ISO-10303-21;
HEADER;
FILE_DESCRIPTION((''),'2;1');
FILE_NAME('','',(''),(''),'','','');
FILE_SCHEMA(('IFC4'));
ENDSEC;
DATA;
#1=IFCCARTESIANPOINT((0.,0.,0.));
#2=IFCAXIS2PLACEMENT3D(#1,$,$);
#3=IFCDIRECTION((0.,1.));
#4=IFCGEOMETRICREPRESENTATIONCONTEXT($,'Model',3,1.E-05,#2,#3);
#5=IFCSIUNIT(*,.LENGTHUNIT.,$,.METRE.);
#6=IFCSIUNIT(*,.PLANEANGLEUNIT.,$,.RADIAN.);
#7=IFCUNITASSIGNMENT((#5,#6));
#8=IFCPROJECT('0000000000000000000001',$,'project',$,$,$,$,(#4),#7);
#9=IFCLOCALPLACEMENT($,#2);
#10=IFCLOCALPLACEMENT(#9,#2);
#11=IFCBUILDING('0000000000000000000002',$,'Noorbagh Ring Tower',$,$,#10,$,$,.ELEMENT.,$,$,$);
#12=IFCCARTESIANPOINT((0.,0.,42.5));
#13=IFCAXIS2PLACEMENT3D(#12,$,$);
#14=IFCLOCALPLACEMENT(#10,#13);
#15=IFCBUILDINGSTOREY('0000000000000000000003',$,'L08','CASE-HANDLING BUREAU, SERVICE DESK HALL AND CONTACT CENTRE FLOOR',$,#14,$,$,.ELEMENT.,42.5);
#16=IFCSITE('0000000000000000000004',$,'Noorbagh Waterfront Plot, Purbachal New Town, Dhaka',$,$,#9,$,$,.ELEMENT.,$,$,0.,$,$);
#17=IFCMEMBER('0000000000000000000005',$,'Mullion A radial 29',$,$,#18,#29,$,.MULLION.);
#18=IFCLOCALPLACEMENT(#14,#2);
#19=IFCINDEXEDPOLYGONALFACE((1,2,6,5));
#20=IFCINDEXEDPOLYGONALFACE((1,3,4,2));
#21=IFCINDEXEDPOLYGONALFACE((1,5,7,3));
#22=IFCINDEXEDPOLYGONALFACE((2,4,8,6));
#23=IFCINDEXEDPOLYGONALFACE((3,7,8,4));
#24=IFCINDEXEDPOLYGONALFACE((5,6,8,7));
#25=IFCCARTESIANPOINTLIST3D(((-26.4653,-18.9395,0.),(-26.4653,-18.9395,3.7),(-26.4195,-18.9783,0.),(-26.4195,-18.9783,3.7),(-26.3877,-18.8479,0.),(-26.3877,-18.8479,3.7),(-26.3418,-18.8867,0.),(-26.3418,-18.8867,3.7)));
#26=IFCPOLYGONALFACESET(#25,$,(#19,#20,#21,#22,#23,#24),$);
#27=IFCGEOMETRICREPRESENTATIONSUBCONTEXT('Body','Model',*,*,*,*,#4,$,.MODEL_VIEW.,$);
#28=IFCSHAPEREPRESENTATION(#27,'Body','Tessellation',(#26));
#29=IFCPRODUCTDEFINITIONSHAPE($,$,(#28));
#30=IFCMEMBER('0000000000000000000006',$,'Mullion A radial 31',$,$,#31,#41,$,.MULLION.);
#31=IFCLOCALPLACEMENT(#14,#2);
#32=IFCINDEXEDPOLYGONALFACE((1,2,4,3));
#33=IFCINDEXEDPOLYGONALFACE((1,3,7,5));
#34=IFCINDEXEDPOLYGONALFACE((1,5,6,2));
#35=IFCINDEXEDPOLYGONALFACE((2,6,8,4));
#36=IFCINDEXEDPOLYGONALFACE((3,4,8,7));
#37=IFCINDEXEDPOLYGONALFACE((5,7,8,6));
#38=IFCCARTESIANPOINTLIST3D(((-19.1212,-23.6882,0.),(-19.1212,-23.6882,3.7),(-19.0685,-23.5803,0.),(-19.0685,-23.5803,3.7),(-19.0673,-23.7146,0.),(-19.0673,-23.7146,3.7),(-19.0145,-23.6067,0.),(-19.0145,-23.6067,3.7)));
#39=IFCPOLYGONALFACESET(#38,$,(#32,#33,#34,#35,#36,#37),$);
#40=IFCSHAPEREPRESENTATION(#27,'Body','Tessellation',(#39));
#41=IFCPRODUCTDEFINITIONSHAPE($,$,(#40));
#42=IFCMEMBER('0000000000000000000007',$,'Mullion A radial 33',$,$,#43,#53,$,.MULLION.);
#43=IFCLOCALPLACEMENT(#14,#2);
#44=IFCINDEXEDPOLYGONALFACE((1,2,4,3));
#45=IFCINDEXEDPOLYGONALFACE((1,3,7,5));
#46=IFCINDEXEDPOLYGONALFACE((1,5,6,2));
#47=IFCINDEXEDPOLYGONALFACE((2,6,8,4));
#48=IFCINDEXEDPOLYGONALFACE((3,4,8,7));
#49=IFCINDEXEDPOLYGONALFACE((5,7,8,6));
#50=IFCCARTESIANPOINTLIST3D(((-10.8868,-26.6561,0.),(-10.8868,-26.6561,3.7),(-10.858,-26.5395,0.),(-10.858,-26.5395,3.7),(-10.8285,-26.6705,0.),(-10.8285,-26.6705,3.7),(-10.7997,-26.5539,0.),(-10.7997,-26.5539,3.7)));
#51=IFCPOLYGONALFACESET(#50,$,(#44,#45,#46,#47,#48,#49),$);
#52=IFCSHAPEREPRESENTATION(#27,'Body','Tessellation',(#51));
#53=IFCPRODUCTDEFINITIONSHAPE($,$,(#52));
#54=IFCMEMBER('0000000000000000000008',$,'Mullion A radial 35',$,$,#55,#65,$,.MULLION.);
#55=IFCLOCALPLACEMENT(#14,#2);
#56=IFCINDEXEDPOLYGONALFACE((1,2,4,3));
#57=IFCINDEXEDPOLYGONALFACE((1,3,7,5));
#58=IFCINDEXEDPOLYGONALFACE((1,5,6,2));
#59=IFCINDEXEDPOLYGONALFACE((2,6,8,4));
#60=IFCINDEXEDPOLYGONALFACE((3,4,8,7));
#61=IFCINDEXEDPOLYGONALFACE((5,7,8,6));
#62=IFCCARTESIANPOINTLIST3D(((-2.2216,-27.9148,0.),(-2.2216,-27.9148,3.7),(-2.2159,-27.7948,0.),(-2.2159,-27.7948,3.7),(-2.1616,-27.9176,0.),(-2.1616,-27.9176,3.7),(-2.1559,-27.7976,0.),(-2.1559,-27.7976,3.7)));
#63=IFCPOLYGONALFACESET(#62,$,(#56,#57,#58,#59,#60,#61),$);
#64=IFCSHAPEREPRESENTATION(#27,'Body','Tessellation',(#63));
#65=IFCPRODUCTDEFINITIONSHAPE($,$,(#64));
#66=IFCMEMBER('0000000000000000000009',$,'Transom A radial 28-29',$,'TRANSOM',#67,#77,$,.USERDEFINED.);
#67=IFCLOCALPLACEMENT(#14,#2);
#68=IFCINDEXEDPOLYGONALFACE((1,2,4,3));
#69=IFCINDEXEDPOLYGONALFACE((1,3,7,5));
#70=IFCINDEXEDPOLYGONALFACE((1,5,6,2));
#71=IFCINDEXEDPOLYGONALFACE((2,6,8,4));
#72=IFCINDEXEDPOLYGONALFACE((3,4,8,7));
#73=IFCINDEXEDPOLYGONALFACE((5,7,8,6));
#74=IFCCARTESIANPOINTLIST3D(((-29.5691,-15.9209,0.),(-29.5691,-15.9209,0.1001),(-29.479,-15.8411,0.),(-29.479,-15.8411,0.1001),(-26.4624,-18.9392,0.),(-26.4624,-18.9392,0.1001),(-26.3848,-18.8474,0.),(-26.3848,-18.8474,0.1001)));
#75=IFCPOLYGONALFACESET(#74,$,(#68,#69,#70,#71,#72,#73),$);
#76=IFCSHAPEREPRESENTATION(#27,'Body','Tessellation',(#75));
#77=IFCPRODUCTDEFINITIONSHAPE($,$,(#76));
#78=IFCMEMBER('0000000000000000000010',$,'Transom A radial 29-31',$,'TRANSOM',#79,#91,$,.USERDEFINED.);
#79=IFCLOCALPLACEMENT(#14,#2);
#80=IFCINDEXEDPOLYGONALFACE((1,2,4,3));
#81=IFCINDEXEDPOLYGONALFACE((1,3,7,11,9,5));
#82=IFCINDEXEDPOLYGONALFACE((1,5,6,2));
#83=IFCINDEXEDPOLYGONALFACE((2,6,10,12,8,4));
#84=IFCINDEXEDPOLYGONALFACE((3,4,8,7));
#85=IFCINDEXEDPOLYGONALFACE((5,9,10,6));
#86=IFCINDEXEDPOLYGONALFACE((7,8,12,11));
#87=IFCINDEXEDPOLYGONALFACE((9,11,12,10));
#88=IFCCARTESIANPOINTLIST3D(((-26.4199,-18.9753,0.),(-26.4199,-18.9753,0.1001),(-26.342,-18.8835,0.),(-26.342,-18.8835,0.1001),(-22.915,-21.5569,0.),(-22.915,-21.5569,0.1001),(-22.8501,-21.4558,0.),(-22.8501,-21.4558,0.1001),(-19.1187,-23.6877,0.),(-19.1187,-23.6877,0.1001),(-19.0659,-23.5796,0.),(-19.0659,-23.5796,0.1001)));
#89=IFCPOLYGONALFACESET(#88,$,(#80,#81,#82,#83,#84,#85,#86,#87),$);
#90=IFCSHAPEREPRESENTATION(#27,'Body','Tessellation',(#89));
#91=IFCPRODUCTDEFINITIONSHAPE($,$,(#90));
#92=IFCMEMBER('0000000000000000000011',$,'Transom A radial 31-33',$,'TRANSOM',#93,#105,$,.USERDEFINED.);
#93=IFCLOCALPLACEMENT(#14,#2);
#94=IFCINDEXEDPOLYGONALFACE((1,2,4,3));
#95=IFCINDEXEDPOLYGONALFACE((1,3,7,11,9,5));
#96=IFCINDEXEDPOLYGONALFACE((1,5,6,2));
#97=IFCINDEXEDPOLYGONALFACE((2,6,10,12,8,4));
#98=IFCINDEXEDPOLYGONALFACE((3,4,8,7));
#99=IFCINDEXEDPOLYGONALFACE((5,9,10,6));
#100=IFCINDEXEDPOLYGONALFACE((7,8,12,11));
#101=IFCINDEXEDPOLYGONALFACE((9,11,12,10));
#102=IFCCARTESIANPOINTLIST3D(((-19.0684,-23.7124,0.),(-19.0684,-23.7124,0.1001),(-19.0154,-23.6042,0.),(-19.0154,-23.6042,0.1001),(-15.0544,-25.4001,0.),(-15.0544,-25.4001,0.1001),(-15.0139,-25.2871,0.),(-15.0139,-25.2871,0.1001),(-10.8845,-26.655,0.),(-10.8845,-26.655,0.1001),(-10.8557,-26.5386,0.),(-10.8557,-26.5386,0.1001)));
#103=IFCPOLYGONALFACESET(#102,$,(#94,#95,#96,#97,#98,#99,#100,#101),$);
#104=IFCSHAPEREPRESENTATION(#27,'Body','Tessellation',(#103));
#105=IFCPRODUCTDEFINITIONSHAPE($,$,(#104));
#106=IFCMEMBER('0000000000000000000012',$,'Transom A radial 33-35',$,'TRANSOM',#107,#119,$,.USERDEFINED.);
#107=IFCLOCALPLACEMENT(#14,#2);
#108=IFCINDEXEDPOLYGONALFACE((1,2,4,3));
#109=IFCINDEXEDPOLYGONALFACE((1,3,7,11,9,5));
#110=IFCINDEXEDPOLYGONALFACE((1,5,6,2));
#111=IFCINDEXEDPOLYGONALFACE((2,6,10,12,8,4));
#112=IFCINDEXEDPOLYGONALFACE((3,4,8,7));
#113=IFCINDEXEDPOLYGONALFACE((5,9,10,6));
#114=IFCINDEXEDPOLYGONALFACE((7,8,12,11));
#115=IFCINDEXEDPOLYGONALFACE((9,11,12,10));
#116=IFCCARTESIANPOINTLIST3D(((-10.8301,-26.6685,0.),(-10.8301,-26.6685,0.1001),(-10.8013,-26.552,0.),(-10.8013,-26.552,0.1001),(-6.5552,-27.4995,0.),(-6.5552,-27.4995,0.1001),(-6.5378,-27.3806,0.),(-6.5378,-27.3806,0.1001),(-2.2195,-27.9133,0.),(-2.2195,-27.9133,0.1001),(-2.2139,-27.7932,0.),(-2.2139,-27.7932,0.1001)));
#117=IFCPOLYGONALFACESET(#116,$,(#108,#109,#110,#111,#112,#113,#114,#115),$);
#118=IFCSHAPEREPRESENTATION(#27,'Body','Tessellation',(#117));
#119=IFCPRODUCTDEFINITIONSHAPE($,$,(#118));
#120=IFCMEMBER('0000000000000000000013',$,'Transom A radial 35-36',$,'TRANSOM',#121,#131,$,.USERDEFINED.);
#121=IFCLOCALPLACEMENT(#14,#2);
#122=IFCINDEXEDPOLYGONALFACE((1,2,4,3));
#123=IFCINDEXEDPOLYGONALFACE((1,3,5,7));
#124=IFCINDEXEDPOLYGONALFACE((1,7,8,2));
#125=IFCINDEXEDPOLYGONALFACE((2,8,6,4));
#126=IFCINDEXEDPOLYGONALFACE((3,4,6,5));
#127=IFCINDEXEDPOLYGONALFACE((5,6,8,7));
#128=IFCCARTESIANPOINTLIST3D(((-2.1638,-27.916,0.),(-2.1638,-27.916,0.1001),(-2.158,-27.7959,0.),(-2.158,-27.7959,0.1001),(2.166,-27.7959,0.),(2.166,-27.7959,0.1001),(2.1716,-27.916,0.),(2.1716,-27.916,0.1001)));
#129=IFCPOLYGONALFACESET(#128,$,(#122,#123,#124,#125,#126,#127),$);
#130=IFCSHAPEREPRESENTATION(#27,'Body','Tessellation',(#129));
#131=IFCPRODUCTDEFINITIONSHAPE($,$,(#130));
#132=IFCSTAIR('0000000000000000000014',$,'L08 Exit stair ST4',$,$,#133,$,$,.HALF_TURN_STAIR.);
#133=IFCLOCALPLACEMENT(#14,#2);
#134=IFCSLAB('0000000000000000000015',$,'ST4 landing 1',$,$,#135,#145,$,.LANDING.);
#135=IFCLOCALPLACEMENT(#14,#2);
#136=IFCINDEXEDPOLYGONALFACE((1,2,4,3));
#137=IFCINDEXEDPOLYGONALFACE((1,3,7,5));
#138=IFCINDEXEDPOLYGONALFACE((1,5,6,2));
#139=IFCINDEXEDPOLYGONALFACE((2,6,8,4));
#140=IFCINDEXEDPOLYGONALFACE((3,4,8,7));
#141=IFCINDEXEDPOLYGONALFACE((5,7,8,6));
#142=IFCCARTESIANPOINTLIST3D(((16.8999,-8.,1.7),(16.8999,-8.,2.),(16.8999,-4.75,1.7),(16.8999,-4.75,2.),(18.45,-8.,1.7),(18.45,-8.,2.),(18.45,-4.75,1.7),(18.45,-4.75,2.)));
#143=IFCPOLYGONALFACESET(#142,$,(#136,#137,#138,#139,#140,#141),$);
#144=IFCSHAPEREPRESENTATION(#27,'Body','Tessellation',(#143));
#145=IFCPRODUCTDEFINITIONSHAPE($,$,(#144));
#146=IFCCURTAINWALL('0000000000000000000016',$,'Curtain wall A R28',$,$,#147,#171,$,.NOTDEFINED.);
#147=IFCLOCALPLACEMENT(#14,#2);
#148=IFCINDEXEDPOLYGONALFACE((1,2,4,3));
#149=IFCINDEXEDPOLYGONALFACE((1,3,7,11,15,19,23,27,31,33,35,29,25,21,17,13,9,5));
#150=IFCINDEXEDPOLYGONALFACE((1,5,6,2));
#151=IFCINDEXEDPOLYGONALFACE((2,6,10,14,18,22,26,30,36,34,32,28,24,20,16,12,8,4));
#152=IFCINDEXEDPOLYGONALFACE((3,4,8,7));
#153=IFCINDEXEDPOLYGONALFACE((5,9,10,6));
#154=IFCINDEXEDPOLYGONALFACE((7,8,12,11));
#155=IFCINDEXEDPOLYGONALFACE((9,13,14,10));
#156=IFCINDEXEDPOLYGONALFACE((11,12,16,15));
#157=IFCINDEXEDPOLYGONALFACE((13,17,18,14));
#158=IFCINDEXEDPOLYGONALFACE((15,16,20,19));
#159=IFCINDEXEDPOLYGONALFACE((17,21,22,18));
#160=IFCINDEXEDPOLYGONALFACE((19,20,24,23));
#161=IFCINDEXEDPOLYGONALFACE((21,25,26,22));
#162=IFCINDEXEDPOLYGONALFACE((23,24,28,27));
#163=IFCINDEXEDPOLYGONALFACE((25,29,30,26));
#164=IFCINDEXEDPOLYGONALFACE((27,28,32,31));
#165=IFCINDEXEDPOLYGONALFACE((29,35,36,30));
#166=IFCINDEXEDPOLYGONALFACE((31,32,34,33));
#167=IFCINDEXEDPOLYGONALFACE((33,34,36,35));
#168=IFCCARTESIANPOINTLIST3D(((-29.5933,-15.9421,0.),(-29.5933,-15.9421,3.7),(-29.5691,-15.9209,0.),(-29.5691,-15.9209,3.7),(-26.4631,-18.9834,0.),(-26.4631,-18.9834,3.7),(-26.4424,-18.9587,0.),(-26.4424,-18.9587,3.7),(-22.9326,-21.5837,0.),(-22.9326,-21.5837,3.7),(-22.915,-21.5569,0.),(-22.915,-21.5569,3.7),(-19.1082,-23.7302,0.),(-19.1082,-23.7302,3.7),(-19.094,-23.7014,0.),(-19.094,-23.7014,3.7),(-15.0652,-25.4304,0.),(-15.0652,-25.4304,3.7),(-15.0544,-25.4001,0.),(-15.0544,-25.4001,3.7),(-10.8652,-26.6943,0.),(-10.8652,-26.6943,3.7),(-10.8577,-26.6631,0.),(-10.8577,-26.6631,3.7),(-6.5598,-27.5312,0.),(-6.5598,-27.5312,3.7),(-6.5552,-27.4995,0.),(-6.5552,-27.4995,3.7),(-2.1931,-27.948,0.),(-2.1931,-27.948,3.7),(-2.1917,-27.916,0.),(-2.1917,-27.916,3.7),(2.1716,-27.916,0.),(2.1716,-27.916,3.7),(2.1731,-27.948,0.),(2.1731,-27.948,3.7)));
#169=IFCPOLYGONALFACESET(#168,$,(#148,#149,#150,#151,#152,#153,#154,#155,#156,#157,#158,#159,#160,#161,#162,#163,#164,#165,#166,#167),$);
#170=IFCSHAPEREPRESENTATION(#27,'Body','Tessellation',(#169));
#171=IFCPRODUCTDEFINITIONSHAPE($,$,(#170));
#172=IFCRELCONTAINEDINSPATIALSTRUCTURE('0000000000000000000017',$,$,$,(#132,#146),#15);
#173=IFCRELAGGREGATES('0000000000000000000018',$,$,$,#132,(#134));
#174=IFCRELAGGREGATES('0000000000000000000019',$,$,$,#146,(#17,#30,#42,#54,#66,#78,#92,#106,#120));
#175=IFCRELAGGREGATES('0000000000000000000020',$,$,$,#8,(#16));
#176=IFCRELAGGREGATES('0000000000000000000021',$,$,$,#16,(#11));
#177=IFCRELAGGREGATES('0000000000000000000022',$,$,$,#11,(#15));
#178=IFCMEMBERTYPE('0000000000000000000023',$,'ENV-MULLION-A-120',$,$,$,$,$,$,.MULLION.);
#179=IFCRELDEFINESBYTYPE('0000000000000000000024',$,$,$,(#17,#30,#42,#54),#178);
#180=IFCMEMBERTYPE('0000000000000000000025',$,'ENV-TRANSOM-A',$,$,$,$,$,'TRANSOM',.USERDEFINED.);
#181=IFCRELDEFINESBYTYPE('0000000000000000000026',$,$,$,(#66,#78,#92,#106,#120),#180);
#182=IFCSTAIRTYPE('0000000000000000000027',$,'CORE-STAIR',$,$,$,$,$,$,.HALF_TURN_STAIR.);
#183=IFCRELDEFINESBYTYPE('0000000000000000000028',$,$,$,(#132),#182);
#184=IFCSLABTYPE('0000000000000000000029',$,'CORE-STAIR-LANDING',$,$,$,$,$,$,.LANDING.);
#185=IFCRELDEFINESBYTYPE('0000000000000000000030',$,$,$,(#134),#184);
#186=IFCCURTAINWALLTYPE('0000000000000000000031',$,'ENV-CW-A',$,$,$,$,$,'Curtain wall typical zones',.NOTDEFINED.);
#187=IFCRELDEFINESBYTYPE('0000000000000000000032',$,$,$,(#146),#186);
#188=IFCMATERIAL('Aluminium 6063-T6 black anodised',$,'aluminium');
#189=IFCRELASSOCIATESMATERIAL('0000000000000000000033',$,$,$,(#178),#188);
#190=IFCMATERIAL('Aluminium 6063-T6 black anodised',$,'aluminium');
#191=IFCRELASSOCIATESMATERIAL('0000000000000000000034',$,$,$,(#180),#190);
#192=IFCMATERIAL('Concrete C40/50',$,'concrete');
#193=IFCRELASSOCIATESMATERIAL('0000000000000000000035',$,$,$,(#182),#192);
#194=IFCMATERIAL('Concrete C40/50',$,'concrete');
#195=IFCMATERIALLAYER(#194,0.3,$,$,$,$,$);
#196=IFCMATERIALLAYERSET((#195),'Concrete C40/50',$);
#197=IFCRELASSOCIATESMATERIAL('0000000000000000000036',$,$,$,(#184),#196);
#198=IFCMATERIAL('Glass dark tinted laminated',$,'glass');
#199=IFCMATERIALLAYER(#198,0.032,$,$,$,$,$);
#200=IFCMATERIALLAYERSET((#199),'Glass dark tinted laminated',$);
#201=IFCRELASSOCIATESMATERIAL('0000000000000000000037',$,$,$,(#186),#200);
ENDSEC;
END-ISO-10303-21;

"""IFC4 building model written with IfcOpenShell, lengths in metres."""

from ifc_helpers import new_model, si_unit, direction, frame, origin, origin_2d, place, context, subcontext, project, spatial, polyline, rectangle, outline, extrude, material, layer, layer_set, material_profile, profile_set, type_object, element, aggregate, save


model = new_model("IFC4")

# Units and contexts
model_context = context("Model", 3, precision=1e-05, world=origin(), true_north=direction((0.0, 1.0)))
body_context = subcontext(model_context, "Body", "Model", "MODEL_VIEW")
ifc_project = project(units=[si_unit("LENGTHUNIT", "METRE"), si_unit("PLANEANGLEUNIT", "RADIAN")], contexts=[model_context])

# Members
ifc_material_1 = material(Name="Aluminium 6063-T6 black anodised", Category="aluminium")
ifc_material_profile = material_profile(ifc_material_1, rectangle(XDim=0.1201, YDim=0.0601, at=origin_2d()), Name="120x60")
ifc_profile_set = profile_set([ifc_material_profile], Name="Aluminium 6063-T6 black anodised")
member_type_1 = type_object("IfcMemberType", Name="ENV-MULLION-A-120", PredefinedType="MULLION", material=ifc_profile_set)
site_placement = place(None, origin())
building_placement = place(site_placement, origin())
storey_placement = place(building_placement, frame((0.0, 0.0, 42.5)))
member_1_placement = place(storey_placement, frame((-26.4036, -18.9131, 0.0), z_axis=(0.0, 0.0, 1.0), x_axis=(0.646451, 0.762955, 0.0)))
member_1 = element("IfcMember", 1, at=member_1_placement, type_object=member_type_1, Name="Mullion A radial 29", PredefinedType="MULLION", context=body_context, shape_type="SweptSolid", body=[
    extrude(rectangle(XDim=0.1201, YDim=0.0601, at=origin_2d()), origin(), (0.0, 0.0, 1.0), 3.7),
])
member_2_placement = place(storey_placement, frame((-19.0679, -23.6475, 0.0), z_axis=(0.0, 0.0, 1.0), x_axis=(0.439238, 0.898371, 0.0)))
member_2 = element("IfcMember", 2, at=member_2_placement, type_object=member_type_1, Name="Mullion A radial 31", PredefinedType="MULLION", context=body_context, shape_type="SweptSolid", body=[
    extrude(rectangle(XDim=0.1201, YDim=0.0601, at=origin_2d()), origin(), (0.0, 0.0, 1.0), 3.7),
])
member_3_placement = place(storey_placement, frame((-10.8433, -26.605, 0.0), z_axis=(0.0, 0.0, 1.0), x_axis=(0.239799, 0.970823, 0.0)))
member_3 = element("IfcMember", 3, at=member_3_placement, type_object=member_type_1, Name="Mullion A radial 33", PredefinedType="MULLION", context=body_context, shape_type="SweptSolid", body=[
    extrude(rectangle(XDim=0.1201, YDim=0.0601, at=origin_2d()), origin(), (0.0, 0.0, 1.0), 3.7),
])
member_4_placement = place(storey_placement, frame((-2.1887, -27.8562, 0.0), z_axis=(0.0, 0.0, 1.0), x_axis=(0.047558, 0.998868, 0.0)))
member_4 = element("IfcMember", 4, at=member_4_placement, type_object=member_type_1, Name="Mullion A radial 35", PredefinedType="MULLION", context=body_context, shape_type="SweptSolid", body=[
    extrude(rectangle(XDim=0.1201, YDim=0.0601, at=origin_2d()), origin(), (0.0, 0.0, 1.0), 3.7),
])
ifc_material_2 = material(Name="Aluminium 6063-T6 black anodised", Category="aluminium")
member_type_2 = type_object("IfcMemberType", Name="ENV-TRANSOM-A", ElementType="TRANSOM", PredefinedType="USERDEFINED", material=ifc_material_2)
member_5_placement = place(storey_placement, origin())
member_5 = element("IfcMember", 5, at=member_5_placement, type_object=member_type_2, Name="Transom A radial 28-29", ObjectType="TRANSOM", PredefinedType="USERDEFINED", context=body_context, shape_type="SweptSolid", body=[
    extrude(outline(polyline([(-29.5691, -15.9209), (-26.4624, -18.9392), (-26.3848, -18.8474), (-29.479, -15.8411), (-29.5691, -15.9209)])), origin(), (0.0, 0.0, 1.0), 0.1001),
])
member_6_placement = place(storey_placement, origin())
member_6 = element("IfcMember", 6, at=member_6_placement, type_object=member_type_2, Name="Transom A radial 29-31", ObjectType="TRANSOM", PredefinedType="USERDEFINED", context=body_context, shape_type="SweptSolid", body=[
    extrude(outline(polyline([(-26.4199, -18.9753), (-22.915, -21.5569), (-19.1187, -23.6877), (-19.0659, -23.5796), (-22.8501, -21.4558), (-26.342, -18.8835), (-26.4199, -18.9753)])), origin(), (0.0, 0.0, 1.0), 0.1001),
])
member_7_placement = place(storey_placement, origin())
member_7 = element("IfcMember", 7, at=member_7_placement, type_object=member_type_2, Name="Transom A radial 31-33", ObjectType="TRANSOM", PredefinedType="USERDEFINED", context=body_context, shape_type="SweptSolid", body=[
    extrude(outline(polyline([(-19.0684, -23.7124), (-15.0544, -25.4001), (-10.8845, -26.655), (-10.8557, -26.5386), (-15.0139, -25.2871), (-19.0154, -23.6042), (-19.0684, -23.7124)])), origin(), (0.0, 0.0, 1.0), 0.1001),
])
member_8_placement = place(storey_placement, origin())
member_8 = element("IfcMember", 8, at=member_8_placement, type_object=member_type_2, Name="Transom A radial 33-35", ObjectType="TRANSOM", PredefinedType="USERDEFINED", context=body_context, shape_type="SweptSolid", body=[
    extrude(outline(polyline([(-10.8301, -26.6685), (-6.5552, -27.4995), (-2.2195, -27.9133), (-2.2139, -27.7932), (-6.5378, -27.3806), (-10.8013, -26.552), (-10.8301, -26.6685)])), origin(), (0.0, 0.0, 1.0), 0.1001),
])
member_9_placement = place(storey_placement, origin())
member_9 = element("IfcMember", 9, at=member_9_placement, type_object=member_type_2, Name="Transom A radial 35-36", ObjectType="TRANSOM", PredefinedType="USERDEFINED", context=body_context, shape_type="SweptSolid", body=[
    extrude(outline(polyline([(-2.1638, -27.916), (2.1716, -27.916), (2.166, -27.7959), (-2.158, -27.7959), (-2.1638, -27.916)])), origin(), (0.0, 0.0, 1.0), 0.1001),
])

# Site, building, storey
site = spatial("IfcSite", under=ifc_project, at=site_placement, Name="Noorbagh Waterfront Plot, Purbachal New Town, Dhaka", CompositionType="ELEMENT", RefElevation=0.0)
building = spatial("IfcBuilding", under=site, at=building_placement, Name="Noorbagh Ring Tower", CompositionType="ELEMENT")
storey = spatial("IfcBuildingStorey", under=building, at=storey_placement, Name="L08", Description="CASE-HANDLING BUREAU, SERVICE DESK HALL AND CONTACT CENTRE FLOOR", CompositionType="ELEMENT", Elevation=42.5)

# Stair, slab
ifc_material_3 = material(Name="Concrete C40/50", Category="concrete")
stair_type = type_object("IfcStairType", Name="CORE-STAIR", PredefinedType="HALF_TURN_STAIR", material=ifc_material_3)
stair_placement = place(storey_placement, origin())
stair = element("IfcStair", 10, at=stair_placement, inside=storey, type_object=stair_type, Name="L08 Exit stair ST4", PredefinedType="HALF_TURN_STAIR")
ifc_material_4 = material(Name="Concrete C40/50", Category="concrete")
ifc_layer_1 = layer(ifc_material_4, 0.3)
ifc_layer_set_1 = layer_set([ifc_layer_1], Name="Concrete C40/50")
slab_type = type_object("IfcSlabType", Name="CORE-STAIR-LANDING", PredefinedType="LANDING", material=ifc_layer_set_1)
slab_placement = place(storey_placement, frame((0.0, 0.0, 1.7)))
slab = element("IfcSlab", 11, at=slab_placement, type_object=slab_type, Name="ST4 landing 1", PredefinedType="LANDING", context=body_context, shape_type="SweptSolid", body=[
    extrude(outline(polyline([(18.45, -4.75), (16.8999, -4.75), (16.8999, -8.0), (18.45, -8.0), (18.45, -4.75)])), origin(), (0.0, 0.0, 1.0), 0.3),
])
aggregate(stair, [slab])

# Curtain wall
ifc_material_5 = material(Name="Glass dark tinted laminated", Category="glass")
ifc_layer_2 = layer(ifc_material_5, 0.032)
ifc_layer_set_2 = layer_set([ifc_layer_2], Name="Glass dark tinted laminated")
curtain_wall_type = type_object("IfcCurtainWallType", Name="ENV-CW-A", ElementType="Curtain wall typical zones", PredefinedType="NOTDEFINED", material=ifc_layer_set_2)
curtain_wall_1_placement = place(storey_placement, origin())
curtain_wall_1 = element("IfcCurtainWall", 12, at=curtain_wall_1_placement, inside=storey, type_object=curtain_wall_type, Name="Curtain wall A R28", PredefinedType="NOTDEFINED", context=body_context, shape_type="SweptSolid", body=[
    extrude(outline(polyline([(-29.5933, -15.9421), (-26.4631, -18.9834), (-22.9326, -21.5837), (-19.1082, -23.7302), (-15.0652, -25.4304), (-10.8652, -26.6943), (-6.5598, -27.5312), (-2.1931, -27.948), (2.1731, -27.948), (2.1716, -27.916), (-2.1917, -27.916), (-6.5552, -27.4995), (-10.8577, -26.6631), (-15.0544, -25.4001), (-19.094, -23.7014), (-22.915, -21.5569), (-26.4424, -18.9587), (-29.5691, -15.9209), (-29.5933, -15.9421)])), origin(), (0.0, 0.0, 1.0), 3.7),
])
aggregate(curtain_wall_1, [member_1, member_2, member_3, member_4, member_5, member_6, member_7, member_8, member_9])

save(model, "model.ifc")
